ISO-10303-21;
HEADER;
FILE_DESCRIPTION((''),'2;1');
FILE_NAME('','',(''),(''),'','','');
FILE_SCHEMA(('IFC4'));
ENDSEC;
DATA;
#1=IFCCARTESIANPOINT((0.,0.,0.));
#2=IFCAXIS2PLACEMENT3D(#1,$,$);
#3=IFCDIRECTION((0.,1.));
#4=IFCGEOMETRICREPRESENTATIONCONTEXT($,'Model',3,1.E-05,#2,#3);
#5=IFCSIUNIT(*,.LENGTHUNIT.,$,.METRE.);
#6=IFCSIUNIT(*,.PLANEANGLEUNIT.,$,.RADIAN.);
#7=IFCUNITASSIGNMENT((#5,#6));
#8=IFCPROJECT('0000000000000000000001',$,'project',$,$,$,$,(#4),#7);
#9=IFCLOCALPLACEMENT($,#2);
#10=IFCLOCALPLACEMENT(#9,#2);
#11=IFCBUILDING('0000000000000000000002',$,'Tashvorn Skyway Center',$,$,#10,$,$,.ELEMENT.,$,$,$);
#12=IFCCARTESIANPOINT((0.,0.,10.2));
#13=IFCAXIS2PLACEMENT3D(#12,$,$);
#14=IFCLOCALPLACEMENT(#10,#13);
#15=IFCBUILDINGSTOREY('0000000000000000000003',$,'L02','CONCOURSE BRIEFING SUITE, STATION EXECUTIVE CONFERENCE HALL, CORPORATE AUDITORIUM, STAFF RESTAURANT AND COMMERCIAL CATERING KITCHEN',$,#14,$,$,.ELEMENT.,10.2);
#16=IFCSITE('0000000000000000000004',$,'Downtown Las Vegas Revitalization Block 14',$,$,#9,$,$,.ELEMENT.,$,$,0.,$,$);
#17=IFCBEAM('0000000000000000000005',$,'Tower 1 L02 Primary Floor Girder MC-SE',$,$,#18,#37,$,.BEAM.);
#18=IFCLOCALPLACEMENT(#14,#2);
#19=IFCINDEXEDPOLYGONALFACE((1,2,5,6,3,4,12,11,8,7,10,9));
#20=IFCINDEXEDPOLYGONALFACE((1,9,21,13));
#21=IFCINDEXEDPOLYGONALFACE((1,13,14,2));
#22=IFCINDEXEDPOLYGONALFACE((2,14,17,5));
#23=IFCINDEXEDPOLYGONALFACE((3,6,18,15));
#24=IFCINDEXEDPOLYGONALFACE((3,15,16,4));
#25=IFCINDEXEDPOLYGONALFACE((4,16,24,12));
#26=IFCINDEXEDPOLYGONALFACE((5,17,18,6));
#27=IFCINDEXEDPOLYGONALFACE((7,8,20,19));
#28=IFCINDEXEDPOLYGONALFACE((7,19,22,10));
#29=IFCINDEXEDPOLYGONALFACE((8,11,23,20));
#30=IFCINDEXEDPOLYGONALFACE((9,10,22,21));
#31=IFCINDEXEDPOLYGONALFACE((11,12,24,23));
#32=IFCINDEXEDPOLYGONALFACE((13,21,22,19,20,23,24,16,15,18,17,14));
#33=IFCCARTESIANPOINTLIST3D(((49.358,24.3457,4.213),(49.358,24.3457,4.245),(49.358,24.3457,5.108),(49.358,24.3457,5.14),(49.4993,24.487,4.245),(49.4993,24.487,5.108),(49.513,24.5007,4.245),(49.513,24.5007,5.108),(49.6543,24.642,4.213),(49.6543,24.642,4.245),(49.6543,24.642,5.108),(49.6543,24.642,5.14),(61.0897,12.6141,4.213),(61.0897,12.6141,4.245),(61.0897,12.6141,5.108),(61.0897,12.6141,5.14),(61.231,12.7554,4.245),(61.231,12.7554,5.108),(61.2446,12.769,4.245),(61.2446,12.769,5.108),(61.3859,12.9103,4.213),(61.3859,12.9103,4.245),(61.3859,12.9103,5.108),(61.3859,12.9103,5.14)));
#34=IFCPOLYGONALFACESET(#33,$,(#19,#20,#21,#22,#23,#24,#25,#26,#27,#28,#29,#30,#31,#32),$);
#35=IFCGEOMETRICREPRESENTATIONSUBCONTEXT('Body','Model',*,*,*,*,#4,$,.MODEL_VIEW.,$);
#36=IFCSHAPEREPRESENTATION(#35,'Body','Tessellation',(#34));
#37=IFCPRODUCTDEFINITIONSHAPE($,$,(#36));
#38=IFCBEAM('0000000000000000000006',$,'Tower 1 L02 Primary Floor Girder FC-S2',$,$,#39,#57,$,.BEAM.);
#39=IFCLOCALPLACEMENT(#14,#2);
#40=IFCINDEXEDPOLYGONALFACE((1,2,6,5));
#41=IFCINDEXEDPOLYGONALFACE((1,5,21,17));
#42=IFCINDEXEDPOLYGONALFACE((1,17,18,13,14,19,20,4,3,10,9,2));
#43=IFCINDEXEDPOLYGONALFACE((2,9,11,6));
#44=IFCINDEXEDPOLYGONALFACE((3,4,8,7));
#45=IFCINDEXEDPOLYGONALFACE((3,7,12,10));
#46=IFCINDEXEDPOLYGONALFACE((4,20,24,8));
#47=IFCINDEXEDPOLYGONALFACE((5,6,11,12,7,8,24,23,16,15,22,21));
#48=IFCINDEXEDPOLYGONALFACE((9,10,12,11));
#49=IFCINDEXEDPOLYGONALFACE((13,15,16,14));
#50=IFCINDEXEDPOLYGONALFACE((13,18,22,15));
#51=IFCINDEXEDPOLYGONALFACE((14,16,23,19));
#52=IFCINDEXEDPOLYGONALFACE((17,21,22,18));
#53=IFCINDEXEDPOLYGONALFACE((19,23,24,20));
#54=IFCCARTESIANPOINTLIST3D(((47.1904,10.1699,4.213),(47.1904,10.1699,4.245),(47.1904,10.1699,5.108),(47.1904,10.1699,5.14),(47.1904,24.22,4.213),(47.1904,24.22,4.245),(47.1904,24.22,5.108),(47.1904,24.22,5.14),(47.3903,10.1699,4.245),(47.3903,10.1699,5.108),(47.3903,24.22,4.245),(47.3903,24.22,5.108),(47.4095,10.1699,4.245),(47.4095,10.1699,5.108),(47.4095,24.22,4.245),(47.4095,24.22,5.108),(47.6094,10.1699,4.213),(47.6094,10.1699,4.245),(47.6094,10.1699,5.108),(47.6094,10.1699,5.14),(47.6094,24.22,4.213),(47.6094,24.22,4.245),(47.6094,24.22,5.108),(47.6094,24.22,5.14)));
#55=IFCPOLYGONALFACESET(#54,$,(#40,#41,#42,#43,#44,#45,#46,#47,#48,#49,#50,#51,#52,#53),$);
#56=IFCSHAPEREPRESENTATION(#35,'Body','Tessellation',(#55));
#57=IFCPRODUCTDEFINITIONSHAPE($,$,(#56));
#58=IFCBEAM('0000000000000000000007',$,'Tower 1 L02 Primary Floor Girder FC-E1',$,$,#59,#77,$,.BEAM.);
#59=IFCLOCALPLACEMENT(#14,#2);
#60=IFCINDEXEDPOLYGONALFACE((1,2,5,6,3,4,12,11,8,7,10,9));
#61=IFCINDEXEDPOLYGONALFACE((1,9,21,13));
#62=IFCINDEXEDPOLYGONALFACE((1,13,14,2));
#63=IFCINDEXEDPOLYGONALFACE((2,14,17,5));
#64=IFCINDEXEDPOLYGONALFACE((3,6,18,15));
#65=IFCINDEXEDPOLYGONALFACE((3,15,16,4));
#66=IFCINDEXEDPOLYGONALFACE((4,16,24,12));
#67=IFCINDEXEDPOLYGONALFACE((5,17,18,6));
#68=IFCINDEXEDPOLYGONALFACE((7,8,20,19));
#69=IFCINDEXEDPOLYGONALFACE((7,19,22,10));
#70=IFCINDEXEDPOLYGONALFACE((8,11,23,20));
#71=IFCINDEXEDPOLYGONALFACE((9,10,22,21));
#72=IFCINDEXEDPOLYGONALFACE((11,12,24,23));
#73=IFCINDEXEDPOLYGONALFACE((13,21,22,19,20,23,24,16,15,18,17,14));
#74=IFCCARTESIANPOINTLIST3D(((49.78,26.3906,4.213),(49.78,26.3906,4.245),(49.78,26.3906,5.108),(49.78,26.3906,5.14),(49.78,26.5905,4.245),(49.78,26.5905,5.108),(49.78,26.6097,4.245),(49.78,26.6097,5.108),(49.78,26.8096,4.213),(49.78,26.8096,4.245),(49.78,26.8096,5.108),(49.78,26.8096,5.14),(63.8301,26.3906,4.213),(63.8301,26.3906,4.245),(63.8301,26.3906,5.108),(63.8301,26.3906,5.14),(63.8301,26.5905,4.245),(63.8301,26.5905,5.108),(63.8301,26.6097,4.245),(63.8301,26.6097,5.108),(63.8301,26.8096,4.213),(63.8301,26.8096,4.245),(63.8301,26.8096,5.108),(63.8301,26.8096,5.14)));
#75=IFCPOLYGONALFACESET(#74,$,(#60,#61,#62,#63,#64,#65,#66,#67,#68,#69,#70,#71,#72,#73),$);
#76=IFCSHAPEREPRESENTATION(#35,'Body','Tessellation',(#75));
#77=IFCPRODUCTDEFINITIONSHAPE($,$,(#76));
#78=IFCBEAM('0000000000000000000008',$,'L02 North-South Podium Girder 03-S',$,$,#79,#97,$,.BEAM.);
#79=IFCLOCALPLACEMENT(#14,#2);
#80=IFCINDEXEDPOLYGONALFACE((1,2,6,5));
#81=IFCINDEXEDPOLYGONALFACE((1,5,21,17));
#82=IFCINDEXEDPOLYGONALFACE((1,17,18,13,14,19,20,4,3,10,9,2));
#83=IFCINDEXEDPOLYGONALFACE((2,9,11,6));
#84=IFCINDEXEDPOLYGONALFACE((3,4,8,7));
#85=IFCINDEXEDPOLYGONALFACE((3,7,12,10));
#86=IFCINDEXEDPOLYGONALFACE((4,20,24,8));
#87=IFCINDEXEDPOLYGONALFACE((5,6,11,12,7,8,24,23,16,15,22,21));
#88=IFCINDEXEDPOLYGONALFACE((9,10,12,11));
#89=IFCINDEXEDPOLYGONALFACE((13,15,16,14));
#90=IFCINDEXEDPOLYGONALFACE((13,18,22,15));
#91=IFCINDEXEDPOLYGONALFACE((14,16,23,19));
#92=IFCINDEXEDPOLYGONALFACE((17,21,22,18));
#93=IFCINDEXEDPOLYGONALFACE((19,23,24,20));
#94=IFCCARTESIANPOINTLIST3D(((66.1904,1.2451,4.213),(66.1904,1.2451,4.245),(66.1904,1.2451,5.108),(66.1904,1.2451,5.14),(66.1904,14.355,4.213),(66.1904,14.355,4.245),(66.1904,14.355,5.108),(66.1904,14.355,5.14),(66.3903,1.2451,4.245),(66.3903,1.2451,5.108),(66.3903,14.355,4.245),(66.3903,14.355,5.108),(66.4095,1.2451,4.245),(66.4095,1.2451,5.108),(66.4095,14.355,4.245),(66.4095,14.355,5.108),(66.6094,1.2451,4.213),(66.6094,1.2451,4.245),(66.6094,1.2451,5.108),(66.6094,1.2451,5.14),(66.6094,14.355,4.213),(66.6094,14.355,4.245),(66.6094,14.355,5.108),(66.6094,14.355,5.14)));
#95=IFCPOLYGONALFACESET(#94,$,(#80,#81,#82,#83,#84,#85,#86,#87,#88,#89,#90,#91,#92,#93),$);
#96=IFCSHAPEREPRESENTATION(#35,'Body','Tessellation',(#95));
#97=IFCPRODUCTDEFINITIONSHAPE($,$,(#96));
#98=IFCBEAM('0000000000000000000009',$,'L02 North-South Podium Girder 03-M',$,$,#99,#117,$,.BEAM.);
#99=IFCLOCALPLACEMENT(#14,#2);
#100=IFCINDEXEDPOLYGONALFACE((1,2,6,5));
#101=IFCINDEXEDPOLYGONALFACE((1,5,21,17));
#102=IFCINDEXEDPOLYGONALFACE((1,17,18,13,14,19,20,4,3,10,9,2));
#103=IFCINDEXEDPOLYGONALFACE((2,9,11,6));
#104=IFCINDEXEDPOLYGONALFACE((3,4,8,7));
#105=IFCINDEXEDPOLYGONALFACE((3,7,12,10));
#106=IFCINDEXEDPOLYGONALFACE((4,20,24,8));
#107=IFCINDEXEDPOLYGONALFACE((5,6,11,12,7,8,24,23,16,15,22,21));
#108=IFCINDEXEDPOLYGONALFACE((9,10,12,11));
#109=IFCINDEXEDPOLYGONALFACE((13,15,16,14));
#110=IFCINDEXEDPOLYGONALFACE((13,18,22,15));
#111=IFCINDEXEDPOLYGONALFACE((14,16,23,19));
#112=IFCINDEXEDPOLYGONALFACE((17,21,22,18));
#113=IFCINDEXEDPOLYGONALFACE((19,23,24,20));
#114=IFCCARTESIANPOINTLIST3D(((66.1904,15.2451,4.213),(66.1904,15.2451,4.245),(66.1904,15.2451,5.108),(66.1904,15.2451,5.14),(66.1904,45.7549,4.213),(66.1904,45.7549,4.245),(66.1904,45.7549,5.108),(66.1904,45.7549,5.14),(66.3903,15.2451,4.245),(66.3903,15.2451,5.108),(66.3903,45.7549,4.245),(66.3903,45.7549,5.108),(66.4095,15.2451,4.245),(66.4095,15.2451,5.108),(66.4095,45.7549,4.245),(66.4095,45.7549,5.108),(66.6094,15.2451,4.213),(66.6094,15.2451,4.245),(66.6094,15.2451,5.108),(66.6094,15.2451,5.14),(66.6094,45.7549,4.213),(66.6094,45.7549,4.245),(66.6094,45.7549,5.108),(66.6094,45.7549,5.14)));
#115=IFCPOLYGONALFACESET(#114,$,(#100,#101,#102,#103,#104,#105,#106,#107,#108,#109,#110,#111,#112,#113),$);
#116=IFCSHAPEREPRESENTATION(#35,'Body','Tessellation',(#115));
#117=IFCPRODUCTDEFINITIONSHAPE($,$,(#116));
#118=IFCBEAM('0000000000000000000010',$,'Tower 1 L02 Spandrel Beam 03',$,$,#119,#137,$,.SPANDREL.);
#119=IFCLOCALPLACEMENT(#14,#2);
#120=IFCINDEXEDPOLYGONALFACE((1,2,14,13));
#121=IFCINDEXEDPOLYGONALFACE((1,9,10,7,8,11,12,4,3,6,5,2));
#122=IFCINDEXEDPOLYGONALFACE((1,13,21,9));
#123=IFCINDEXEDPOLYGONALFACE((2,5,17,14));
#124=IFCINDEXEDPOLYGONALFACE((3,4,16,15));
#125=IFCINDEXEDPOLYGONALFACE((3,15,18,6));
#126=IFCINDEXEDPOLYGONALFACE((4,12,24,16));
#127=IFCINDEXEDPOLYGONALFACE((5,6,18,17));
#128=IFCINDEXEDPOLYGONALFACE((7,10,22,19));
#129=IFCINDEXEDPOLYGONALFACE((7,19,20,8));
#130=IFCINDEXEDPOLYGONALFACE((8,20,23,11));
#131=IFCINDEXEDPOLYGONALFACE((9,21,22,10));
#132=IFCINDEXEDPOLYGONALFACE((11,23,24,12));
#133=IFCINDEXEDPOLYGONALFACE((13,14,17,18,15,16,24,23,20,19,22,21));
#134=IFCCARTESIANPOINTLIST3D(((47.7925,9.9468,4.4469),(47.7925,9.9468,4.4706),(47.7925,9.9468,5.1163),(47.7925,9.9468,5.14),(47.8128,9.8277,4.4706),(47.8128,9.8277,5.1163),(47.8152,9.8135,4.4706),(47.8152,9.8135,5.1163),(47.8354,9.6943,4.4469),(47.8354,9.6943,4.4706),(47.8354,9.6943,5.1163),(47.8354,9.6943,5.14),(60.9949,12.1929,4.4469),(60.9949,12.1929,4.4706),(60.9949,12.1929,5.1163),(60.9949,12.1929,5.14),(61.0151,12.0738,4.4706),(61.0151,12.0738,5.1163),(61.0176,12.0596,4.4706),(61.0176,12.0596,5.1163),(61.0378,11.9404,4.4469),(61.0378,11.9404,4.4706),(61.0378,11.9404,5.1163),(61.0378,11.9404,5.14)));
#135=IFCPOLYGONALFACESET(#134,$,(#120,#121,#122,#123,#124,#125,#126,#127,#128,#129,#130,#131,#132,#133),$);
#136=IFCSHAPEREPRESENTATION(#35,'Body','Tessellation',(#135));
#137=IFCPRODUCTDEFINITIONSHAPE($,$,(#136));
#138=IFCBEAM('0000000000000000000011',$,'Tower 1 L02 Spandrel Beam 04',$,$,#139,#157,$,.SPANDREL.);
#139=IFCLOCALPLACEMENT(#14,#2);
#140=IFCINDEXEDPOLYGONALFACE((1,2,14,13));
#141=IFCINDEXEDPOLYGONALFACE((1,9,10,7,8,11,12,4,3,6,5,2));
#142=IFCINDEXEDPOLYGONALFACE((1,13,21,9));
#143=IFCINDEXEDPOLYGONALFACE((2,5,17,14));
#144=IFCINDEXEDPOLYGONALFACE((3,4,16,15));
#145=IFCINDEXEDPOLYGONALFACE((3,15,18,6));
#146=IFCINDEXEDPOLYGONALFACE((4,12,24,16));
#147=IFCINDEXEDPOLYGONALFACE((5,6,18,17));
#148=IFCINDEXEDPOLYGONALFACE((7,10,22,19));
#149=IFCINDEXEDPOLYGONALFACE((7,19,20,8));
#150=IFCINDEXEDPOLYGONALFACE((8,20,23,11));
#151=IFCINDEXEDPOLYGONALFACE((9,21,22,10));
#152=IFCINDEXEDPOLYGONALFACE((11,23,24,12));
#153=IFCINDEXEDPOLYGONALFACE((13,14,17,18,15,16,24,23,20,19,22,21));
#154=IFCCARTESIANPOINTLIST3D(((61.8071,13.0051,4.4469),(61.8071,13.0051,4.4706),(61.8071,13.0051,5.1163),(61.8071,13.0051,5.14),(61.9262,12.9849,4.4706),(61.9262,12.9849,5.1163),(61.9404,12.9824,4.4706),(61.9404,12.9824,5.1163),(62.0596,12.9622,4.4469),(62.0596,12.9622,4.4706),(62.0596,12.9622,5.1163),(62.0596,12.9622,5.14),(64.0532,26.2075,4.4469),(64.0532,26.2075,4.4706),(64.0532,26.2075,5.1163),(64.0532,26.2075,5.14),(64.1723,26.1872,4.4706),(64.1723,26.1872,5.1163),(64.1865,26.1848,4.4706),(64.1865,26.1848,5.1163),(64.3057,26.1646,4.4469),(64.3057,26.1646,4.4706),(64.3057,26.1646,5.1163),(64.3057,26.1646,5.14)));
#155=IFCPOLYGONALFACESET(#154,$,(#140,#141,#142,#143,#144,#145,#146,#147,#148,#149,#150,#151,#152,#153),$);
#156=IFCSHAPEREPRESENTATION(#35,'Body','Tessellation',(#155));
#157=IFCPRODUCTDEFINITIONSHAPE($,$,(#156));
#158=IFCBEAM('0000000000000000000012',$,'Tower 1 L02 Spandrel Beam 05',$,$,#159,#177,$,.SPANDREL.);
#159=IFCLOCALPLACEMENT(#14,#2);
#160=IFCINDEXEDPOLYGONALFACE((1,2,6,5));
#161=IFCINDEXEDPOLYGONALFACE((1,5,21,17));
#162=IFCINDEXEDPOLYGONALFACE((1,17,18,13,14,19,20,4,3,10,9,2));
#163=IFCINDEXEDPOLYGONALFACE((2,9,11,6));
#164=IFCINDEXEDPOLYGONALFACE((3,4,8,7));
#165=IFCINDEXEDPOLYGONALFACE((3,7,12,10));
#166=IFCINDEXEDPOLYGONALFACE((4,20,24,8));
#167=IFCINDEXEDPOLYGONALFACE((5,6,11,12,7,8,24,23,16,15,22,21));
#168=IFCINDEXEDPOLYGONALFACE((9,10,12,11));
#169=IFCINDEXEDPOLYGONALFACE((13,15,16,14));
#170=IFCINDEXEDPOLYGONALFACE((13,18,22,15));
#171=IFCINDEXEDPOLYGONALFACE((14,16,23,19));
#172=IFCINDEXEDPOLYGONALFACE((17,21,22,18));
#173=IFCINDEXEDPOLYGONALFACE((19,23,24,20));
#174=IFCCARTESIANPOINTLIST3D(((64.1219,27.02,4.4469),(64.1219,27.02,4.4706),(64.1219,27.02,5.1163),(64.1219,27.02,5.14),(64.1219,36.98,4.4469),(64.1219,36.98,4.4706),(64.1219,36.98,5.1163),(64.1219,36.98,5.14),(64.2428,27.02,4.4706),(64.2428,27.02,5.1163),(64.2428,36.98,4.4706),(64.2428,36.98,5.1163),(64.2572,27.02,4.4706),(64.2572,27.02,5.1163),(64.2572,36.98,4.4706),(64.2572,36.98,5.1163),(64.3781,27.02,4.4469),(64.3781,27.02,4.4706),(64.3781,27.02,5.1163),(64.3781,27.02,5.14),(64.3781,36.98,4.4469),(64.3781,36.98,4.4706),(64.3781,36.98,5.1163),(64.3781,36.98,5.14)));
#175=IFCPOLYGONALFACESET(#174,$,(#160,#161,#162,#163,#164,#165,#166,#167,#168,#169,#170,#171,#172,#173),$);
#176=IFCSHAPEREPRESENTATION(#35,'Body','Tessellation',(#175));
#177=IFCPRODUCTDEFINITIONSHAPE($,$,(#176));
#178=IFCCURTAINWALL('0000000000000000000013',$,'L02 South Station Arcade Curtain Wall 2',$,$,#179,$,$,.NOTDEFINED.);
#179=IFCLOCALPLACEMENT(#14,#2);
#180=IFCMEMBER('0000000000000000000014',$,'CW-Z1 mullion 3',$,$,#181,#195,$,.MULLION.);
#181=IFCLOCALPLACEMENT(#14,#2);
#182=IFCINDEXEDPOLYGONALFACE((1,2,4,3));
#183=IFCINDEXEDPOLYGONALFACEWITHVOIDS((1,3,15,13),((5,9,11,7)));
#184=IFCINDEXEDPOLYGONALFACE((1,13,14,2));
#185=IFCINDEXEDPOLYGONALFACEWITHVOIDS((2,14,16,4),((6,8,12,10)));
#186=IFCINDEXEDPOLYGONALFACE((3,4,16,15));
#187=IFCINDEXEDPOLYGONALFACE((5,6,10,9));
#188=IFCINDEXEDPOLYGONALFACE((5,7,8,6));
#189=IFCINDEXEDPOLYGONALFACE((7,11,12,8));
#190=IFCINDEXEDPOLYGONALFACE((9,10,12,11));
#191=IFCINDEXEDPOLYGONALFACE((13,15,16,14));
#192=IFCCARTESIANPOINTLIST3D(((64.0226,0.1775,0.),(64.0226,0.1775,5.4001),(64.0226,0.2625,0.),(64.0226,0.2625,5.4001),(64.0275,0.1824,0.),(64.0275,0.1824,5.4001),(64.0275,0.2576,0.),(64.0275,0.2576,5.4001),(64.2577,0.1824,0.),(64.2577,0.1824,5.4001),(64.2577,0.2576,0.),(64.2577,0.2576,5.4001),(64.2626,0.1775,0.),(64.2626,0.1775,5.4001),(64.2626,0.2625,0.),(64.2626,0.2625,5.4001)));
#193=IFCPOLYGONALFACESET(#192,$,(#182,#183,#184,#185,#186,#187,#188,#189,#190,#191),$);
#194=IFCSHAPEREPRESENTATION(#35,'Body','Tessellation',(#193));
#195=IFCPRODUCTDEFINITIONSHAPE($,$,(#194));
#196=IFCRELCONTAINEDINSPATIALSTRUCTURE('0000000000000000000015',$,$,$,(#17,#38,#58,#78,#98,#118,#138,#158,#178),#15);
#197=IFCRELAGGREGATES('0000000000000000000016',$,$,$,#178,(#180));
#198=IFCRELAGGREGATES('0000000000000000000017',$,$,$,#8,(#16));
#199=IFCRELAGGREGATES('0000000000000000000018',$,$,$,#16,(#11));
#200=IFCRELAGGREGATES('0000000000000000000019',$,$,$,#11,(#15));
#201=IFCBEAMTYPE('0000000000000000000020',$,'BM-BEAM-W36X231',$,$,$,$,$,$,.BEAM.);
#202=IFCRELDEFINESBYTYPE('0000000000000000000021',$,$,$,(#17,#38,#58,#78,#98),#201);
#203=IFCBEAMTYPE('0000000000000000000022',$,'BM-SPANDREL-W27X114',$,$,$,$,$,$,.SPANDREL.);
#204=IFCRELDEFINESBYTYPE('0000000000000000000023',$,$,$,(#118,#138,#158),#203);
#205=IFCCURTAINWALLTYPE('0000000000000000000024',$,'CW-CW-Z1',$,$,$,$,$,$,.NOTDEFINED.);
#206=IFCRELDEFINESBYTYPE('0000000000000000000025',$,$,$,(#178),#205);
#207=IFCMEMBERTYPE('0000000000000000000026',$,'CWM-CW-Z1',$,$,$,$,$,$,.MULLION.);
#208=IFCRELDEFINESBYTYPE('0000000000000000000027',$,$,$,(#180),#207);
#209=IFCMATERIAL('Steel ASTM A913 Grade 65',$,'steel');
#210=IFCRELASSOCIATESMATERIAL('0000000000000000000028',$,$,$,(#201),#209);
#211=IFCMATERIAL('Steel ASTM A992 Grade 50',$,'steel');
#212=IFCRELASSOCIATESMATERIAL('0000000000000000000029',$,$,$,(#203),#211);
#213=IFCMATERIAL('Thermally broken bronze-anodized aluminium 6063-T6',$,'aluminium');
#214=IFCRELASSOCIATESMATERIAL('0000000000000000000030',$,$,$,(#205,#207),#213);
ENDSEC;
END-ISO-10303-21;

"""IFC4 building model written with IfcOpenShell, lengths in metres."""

from ifc_helpers import new_model, si_unit, direction, frame, origin, origin_2d, place, context, subcontext, project, spatial, hollow_rectangle, i_section, extrude, material, material_profile, profile_set, type_object, element, aggregate, save


model = new_model("IFC4")

# Units and contexts
model_context = context("Model", 3, precision=1e-05, world=origin(), true_north=direction((0.0, 1.0)))
body_context = subcontext(model_context, "Body", "Model", "MODEL_VIEW")
ifc_project = project(units=[si_unit("LENGTHUNIT", "METRE"), si_unit("PLANEANGLEUNIT", "RADIAN")], contexts=[model_context])

# Site, building, storey
site_placement = place(None, origin())
site = spatial("IfcSite", under=ifc_project, at=site_placement, Name="Downtown Las Vegas Revitalization Block 14", CompositionType="ELEMENT", RefElevation=0.0)
building_placement = place(site_placement, origin())
building = spatial("IfcBuilding", under=site, at=building_placement, Name="Tashvorn Skyway Center", CompositionType="ELEMENT")
storey_placement = place(building_placement, frame((0.0, 0.0, 10.2)))
storey = spatial("IfcBuildingStorey", under=building, at=storey_placement, Name="L02", Description="CONCOURSE BRIEFING SUITE, STATION EXECUTIVE CONFERENCE HALL, CORPORATE AUDITORIUM, STAFF RESTAURANT AND COMMERCIAL CATERING KITCHEN", CompositionType="ELEMENT", Elevation=10.2)

# Beams
ifc_material_1 = material(Name="Steel ASTM A913 Grade 65", Category="steel")
ifc_material_profile_1 = material_profile(ifc_material_1, i_section(OverallWidth=0.4189, OverallDepth=0.927, WebThickness=0.0193, FlangeThickness=0.032, at=origin_2d()), Name="W36X231")
ifc_profile_set_1 = profile_set([ifc_material_profile_1], Name="Steel ASTM A913 Grade 65")
beam_type_1 = type_object("IfcBeamType", Name="BM-BEAM-W36X231", PredefinedType="BEAM", material=ifc_profile_set_1)
beam_1_placement = place(storey_placement, frame((61.2378, 12.7622, 4.6765), z_axis=(-0.707107, 0.707107, 0.0), x_axis=(-0.707107, -0.707107, 0.0)))
element("IfcBeam", 1, at=beam_1_placement, inside=storey, type_object=beam_type_1, Name="Tower 1 L02 Primary Floor Girder MC-SE", PredefinedType="BEAM", context=body_context, shape_type="SweptSolid", body=[
    extrude(i_section(OverallWidth=0.4189, OverallDepth=0.927, WebThickness=0.0193, FlangeThickness=0.032, at=origin_2d()), origin(), (0.0, 0.0, 1.0), 16.5911),
])
for number, where, z_axis, x_axis, name in (
    (2, (47.3999, 10.1699, 4.6765), (0.0, 1.0, 0.0), (-1.0, 0.0, 0.0), "Tower 1 L02 Primary Floor Girder FC-S2"),
    (3, (63.8301, 26.6001, 4.6765), (-1.0, 0.0, 0.0), (0.0, -1.0, 0.0), "Tower 1 L02 Primary Floor Girder FC-E1"),
):
    element("IfcBeam", number, at=place(storey_placement, frame(where, z_axis=z_axis, x_axis=x_axis)), inside=storey, type_object=beam_type_1, Name=name, PredefinedType="BEAM", context=body_context, shape_type="SweptSolid", body=[
        extrude(i_section(OverallWidth=0.4189, OverallDepth=0.927, WebThickness=0.0193, FlangeThickness=0.032, at=origin_2d()), origin(), (0.0, 0.0, 1.0), 14.05),
    ])
beam_2_placement = place(storey_placement, frame((66.3999, 1.2451, 4.6765), z_axis=(0.0, 1.0, 0.0), x_axis=(-1.0, 0.0, 0.0)))
element("IfcBeam", 4, at=beam_2_placement, inside=storey, type_object=beam_type_1, Name="L02 North-South Podium Girder 03-S", PredefinedType="BEAM", context=body_context, shape_type="SweptSolid", body=[
    extrude(i_section(OverallWidth=0.4189, OverallDepth=0.927, WebThickness=0.0193, FlangeThickness=0.032, at=origin_2d()), origin(), (0.0, 0.0, 1.0), 13.1099),
])
beam_3_placement = place(storey_placement, frame((66.3999, 15.2451, 4.6765), z_axis=(0.0, 1.0, 0.0), x_axis=(-1.0, 0.0, 0.0)))
element("IfcBeam", 5, at=beam_3_placement, inside=storey, type_object=beam_type_1, Name="L02 North-South Podium Girder 03-M", PredefinedType="BEAM", context=body_context, shape_type="SweptSolid", body=[
    extrude(i_section(OverallWidth=0.4189, OverallDepth=0.927, WebThickness=0.0193, FlangeThickness=0.032, at=origin_2d()), origin(), (0.0, 0.0, 1.0), 30.5098),
])
ifc_material_2 = material(Name="Steel ASTM A992 Grade 50", Category="steel")
ifc_material_profile_2 = material_profile(ifc_material_2, i_section(OverallWidth=0.2561, OverallDepth=0.6931, WebThickness=0.0144, FlangeThickness=0.0237, at=origin_2d()), Name="W27X114")
ifc_profile_set_2 = profile_set([ifc_material_profile_2], Name="Steel ASTM A992 Grade 50")
beam_type_2 = type_object("IfcBeamType", Name="BM-SPANDREL-W27X114", PredefinedType="SPANDREL", material=ifc_profile_set_2)
for number, where, z_axis, x_axis, name in (
    (6, (47.814, 9.8206, 4.7935), (0.985835, 0.167718, 0.0), (-0.167718, 0.985835, 0.0), "Tower 1 L02 Spandrel Beam 03"),
    (7, (61.9333, 12.9836, 4.7935), (0.167718, 0.985835, 0.0), (-0.985835, 0.167718, 0.0), "Tower 1 L02 Spandrel Beam 04"),
):
    element("IfcBeam", number, at=place(storey_placement, frame(where, z_axis=z_axis, x_axis=x_axis)), inside=storey, type_object=beam_type_2, Name=name, PredefinedType="SPANDREL", context=body_context, shape_type="SweptSolid", body=[
        extrude(i_section(OverallWidth=0.2561, OverallDepth=0.6931, WebThickness=0.0144, FlangeThickness=0.0237, at=origin_2d()), origin(), (0.0, 0.0, 1.0), 13.3921),
    ])
beam_4_placement = place(storey_placement, frame((64.25, 27.02, 4.7935), z_axis=(0.0, 1.0, 0.0), x_axis=(-1.0, 0.0, 0.0)))
element("IfcBeam", 8, at=beam_4_placement, inside=storey, type_object=beam_type_2, Name="Tower 1 L02 Spandrel Beam 05", PredefinedType="SPANDREL", context=body_context, shape_type="SweptSolid", body=[
    extrude(i_section(OverallWidth=0.2561, OverallDepth=0.6931, WebThickness=0.0144, FlangeThickness=0.0237, at=origin_2d()), origin(), (0.0, 0.0, 1.0), 9.96),
])

# Curtain wall, member
ifc_material_3 = material(Name="Thermally broken bronze-anodized aluminium 6063-T6", Category="aluminium")
curtain_wall_type = type_object("IfcCurtainWallType", Name="CW-CW-Z1", PredefinedType="NOTDEFINED", material=ifc_material_3)
curtain_wall_placement = place(storey_placement, origin())
curtain_wall = element("IfcCurtainWall", 9, at=curtain_wall_placement, inside=storey, type_object=curtain_wall_type, Name="L02 South Station Arcade Curtain Wall 2", PredefinedType="NOTDEFINED")
ifc_material_profile_3 = material_profile(ifc_material_3, hollow_rectangle(XDim=0.085, YDim=0.24, WallThickness=0.0049, at=origin_2d()), Name="ALU-MULL-85x240")
ifc_profile_set_3 = profile_set([ifc_material_profile_3], Name="Thermally broken bronze-anodized aluminium 6063-T6")
member_type = type_object("IfcMemberType", Name="CWM-CW-Z1", PredefinedType="MULLION", material=ifc_profile_set_3)
member_placement = place(storey_placement, frame((64.1426, 0.22, 0.0), z_axis=(0.0, 0.0, 1.0), x_axis=(0.0, -1.0, 0.0)))
member = element("IfcMember", 10, at=member_placement, type_object=member_type, Name="CW-Z1 mullion 3", PredefinedType="MULLION", context=body_context, shape_type="SweptSolid", body=[
    extrude(hollow_rectangle(XDim=0.085, YDim=0.24, WallThickness=0.0049, at=origin_2d()), origin(), (0.0, 0.0, 1.0), 5.4001),
])
aggregate(curtain_wall, [member])

save(model, "model.ifc")
